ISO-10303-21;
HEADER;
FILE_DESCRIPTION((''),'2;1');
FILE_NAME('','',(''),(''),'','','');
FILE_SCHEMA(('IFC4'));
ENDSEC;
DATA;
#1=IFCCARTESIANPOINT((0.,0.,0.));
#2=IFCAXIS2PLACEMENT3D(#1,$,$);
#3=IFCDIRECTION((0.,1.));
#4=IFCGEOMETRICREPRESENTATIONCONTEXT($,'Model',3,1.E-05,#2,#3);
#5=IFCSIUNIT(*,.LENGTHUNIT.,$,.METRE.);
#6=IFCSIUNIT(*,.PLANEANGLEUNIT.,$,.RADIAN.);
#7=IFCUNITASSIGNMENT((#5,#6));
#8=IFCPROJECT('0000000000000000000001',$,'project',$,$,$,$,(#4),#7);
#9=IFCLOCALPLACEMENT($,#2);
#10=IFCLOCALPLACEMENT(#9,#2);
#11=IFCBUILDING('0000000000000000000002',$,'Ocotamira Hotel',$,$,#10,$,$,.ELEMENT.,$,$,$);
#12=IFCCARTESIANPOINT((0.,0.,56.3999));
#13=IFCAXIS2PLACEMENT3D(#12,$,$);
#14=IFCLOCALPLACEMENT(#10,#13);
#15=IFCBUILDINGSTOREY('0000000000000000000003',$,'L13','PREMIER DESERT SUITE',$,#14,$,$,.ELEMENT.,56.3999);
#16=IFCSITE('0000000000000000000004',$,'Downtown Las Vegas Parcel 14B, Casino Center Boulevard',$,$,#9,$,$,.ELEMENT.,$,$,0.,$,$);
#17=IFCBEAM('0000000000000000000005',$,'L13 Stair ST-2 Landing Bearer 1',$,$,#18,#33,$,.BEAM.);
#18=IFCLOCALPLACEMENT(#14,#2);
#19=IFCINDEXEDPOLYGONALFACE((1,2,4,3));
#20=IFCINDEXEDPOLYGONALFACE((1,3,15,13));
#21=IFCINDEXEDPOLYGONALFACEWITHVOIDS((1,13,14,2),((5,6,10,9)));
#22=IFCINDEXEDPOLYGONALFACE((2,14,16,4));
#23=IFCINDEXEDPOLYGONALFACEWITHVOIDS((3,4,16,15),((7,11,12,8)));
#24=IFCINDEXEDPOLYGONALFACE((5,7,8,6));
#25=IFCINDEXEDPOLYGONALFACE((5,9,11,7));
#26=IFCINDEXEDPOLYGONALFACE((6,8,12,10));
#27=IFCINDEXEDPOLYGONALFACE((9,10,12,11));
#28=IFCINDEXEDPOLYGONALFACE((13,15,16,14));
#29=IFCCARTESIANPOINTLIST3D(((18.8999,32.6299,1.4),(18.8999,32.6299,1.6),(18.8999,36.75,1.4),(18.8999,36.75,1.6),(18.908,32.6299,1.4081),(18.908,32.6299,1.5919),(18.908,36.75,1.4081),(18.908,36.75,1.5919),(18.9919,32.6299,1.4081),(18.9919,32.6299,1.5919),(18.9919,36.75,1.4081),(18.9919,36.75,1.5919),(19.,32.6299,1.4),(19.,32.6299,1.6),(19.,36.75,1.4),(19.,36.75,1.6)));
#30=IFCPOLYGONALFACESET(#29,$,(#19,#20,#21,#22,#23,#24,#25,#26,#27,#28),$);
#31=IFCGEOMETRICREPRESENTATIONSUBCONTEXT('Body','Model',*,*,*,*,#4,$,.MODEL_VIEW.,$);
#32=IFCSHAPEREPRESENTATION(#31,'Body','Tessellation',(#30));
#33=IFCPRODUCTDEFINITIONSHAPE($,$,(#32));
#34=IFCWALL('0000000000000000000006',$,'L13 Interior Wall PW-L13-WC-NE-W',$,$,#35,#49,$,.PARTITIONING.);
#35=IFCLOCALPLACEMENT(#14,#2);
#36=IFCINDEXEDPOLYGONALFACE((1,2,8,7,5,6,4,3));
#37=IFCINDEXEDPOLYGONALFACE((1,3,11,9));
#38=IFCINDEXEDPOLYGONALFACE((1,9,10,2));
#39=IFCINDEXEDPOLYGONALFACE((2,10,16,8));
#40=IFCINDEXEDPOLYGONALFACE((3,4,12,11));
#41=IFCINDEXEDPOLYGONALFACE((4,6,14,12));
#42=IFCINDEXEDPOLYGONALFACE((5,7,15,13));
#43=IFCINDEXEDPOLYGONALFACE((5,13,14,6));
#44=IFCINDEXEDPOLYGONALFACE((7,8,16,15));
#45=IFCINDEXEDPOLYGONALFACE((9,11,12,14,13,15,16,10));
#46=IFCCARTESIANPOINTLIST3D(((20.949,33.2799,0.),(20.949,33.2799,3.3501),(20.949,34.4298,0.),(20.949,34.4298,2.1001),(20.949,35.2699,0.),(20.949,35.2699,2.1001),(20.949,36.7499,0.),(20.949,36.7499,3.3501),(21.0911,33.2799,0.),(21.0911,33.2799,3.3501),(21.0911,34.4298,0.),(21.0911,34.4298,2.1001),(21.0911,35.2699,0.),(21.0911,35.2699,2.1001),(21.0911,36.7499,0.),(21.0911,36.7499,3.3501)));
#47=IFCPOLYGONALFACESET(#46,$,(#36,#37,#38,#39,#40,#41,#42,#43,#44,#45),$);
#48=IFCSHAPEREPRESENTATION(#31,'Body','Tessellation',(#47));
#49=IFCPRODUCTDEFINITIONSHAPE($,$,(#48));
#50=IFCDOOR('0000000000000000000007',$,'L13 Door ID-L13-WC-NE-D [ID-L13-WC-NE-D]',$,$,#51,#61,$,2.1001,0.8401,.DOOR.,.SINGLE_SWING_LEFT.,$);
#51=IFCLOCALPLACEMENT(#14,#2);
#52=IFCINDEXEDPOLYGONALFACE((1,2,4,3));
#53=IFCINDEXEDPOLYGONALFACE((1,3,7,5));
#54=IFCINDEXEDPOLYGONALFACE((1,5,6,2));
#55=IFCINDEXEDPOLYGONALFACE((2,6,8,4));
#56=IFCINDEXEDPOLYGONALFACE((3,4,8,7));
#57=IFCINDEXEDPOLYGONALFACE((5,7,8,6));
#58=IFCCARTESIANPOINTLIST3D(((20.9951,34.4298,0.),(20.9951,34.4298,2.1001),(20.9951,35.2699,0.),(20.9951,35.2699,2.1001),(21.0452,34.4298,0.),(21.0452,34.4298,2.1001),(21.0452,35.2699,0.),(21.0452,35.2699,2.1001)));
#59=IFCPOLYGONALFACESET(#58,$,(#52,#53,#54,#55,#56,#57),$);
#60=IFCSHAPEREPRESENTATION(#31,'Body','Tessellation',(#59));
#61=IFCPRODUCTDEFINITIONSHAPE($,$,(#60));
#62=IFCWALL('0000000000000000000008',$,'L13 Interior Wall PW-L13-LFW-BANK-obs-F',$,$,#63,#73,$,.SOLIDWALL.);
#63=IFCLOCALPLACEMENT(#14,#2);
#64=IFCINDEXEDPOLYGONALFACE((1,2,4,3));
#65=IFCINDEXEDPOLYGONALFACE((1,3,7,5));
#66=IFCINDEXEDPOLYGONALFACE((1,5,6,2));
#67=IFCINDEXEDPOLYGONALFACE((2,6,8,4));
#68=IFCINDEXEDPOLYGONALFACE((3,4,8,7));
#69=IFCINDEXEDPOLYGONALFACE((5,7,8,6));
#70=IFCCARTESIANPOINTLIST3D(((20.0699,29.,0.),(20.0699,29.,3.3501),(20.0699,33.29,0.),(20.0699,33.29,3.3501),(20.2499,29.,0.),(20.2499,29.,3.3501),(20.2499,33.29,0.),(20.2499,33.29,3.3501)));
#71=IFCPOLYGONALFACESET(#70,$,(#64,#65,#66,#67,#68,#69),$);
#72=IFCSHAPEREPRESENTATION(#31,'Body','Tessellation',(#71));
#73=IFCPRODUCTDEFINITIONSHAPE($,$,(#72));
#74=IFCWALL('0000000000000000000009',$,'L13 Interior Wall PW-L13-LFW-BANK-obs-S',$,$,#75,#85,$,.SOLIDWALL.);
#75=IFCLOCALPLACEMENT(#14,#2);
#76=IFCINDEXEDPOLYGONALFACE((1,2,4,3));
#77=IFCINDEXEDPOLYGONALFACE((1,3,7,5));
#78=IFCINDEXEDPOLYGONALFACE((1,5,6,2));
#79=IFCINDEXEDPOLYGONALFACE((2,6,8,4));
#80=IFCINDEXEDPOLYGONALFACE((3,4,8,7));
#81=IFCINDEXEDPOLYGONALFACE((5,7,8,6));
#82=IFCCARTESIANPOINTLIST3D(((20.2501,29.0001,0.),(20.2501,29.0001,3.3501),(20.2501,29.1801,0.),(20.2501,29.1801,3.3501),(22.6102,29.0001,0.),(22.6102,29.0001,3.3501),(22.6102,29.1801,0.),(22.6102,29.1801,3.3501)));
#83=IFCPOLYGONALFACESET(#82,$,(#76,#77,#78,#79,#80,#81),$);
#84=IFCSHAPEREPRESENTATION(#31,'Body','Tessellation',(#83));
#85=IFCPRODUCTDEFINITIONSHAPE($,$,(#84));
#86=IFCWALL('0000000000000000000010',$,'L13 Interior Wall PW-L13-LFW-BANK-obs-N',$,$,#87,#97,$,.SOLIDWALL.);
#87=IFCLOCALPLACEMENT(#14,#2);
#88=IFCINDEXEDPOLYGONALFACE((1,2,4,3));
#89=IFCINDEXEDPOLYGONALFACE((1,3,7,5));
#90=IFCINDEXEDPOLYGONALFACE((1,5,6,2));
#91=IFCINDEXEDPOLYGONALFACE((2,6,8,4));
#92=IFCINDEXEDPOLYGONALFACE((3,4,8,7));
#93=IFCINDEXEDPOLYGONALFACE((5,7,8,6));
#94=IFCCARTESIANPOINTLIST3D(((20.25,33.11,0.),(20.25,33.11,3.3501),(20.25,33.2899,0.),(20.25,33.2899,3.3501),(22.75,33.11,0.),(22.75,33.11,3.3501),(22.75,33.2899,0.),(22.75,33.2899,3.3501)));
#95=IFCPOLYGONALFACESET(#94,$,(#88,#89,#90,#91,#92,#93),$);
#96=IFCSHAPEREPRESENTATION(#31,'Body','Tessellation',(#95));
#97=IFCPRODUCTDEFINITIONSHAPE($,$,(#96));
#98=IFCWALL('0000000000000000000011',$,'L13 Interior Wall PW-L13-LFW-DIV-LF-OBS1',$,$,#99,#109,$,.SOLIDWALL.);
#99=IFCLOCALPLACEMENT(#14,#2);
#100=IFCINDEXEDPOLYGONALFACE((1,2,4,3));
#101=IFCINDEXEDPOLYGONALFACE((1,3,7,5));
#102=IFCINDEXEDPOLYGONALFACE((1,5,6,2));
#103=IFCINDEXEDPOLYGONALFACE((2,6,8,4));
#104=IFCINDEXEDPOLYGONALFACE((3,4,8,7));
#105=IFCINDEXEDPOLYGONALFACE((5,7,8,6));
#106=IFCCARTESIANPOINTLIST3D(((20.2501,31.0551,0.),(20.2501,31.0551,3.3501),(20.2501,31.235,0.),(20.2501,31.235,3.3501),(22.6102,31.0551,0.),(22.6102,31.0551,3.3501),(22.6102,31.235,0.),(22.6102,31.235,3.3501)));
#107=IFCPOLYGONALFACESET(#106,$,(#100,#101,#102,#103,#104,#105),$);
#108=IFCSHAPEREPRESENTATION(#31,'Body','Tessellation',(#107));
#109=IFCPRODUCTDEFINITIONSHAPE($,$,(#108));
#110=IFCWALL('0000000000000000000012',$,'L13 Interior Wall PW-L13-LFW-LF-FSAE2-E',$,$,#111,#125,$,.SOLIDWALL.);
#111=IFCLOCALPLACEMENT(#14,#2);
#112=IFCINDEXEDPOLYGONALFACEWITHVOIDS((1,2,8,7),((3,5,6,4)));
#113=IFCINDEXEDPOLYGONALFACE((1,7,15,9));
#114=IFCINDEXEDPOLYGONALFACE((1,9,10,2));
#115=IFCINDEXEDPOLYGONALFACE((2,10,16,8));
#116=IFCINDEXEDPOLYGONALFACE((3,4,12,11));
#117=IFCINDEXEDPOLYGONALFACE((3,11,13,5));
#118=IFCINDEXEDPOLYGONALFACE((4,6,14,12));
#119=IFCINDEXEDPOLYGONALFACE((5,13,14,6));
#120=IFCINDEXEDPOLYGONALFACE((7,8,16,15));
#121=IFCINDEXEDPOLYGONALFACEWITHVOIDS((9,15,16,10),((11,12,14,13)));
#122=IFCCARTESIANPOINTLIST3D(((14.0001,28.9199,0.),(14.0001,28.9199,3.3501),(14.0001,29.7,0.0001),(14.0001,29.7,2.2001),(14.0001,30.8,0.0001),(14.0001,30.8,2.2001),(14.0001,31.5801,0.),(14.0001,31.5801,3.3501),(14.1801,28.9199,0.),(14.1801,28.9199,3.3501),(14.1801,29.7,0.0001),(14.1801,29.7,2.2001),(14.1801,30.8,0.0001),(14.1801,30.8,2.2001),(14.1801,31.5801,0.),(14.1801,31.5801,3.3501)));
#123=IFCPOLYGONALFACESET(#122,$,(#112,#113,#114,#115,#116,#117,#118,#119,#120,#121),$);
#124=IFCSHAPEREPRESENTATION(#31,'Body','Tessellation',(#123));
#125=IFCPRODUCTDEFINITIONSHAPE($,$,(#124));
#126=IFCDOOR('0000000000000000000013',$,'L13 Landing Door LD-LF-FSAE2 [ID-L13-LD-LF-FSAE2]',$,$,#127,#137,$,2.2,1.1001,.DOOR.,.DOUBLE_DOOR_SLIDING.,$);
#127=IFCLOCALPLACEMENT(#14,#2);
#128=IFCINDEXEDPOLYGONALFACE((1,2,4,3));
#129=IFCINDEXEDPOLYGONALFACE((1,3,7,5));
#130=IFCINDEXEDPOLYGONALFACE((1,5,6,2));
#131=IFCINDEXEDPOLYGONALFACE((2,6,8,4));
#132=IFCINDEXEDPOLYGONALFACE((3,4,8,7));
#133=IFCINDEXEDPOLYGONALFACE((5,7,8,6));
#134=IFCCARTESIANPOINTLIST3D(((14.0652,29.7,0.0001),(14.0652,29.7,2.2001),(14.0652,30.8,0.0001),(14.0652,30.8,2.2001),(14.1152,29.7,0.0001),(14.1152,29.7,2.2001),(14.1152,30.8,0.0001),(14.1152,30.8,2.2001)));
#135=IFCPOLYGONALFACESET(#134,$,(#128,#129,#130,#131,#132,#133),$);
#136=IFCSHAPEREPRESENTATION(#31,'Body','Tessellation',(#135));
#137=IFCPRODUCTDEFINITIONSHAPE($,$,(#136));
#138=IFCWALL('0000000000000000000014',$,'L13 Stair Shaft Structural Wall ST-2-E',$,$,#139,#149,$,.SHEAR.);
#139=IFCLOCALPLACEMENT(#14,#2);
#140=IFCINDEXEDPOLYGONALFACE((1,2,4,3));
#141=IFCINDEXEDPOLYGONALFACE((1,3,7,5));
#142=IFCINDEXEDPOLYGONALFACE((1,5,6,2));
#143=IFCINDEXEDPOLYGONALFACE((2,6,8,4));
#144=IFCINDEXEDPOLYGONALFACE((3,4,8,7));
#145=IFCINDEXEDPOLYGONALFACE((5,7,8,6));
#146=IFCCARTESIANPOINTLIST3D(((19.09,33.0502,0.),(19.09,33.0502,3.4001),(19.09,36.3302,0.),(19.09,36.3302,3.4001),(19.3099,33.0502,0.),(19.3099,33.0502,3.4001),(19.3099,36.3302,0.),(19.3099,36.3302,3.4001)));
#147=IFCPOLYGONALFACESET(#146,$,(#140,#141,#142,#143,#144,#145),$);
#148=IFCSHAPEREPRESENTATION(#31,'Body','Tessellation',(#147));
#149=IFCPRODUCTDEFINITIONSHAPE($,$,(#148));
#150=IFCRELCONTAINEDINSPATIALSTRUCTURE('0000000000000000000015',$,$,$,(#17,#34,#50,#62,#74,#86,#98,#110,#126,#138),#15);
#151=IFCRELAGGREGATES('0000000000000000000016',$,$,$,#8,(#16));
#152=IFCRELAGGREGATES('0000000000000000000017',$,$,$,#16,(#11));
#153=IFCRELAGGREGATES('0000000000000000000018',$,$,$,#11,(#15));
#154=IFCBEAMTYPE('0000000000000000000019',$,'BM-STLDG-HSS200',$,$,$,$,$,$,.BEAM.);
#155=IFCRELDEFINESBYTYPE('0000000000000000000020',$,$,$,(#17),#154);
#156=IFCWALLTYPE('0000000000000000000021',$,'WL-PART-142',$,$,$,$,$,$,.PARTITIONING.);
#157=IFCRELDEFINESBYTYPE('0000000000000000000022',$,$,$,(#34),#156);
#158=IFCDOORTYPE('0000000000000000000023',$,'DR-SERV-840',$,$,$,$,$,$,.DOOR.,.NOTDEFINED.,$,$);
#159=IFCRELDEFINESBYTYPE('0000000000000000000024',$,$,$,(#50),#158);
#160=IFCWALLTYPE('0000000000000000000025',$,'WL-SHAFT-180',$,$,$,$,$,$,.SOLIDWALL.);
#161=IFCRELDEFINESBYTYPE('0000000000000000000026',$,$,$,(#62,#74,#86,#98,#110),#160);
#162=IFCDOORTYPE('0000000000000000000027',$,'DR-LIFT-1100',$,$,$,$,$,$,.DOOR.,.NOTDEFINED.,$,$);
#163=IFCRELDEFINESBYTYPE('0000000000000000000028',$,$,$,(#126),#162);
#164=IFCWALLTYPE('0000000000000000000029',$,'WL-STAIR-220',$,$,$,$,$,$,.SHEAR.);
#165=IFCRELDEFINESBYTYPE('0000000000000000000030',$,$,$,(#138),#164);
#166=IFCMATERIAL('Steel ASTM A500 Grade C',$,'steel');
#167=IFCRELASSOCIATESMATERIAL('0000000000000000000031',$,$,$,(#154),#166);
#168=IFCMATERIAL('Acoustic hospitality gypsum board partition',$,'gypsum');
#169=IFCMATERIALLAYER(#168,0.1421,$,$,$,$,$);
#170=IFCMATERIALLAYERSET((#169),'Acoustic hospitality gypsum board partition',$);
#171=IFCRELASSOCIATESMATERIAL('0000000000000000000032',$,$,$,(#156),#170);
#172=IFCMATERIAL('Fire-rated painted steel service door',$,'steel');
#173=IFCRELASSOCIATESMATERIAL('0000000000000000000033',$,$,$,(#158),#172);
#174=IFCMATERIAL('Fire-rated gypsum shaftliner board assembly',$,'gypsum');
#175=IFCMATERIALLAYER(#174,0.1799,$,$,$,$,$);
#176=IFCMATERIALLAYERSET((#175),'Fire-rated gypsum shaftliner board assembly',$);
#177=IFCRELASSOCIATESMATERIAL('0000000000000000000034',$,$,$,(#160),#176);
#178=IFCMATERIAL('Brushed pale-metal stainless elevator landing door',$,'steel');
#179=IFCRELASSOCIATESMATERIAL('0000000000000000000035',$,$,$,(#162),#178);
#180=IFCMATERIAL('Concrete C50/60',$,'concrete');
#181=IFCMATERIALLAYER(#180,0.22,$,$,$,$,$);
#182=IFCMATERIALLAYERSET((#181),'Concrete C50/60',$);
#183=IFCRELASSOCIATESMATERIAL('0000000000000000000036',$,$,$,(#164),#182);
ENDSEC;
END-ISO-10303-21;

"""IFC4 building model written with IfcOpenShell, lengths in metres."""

from ifc_helpers import new_model, si_unit, direction, frame, frame_2d, origin, origin_2d, place, context, subcontext, project, spatial, rectangle, hollow_rectangle, extrude, source, transform, mapped, material, layer, layer_set, material_profile, profile_set, type_object, element, fill, save


model = new_model("IFC4")

# Units and contexts
model_context = context("Model", 3, precision=1e-05, world=origin(), true_north=direction((0.0, 1.0)))
body_context = subcontext(model_context, "Body", "Model", "MODEL_VIEW")
ifc_project = project(units=[si_unit("LENGTHUNIT", "METRE"), si_unit("PLANEANGLEUNIT", "RADIAN")], contexts=[model_context])

# Site, building, storey
site_placement = place(None, origin())
site = spatial("IfcSite", under=ifc_project, at=site_placement, Name="Downtown Las Vegas Parcel 14B, Casino Center Boulevard", CompositionType="ELEMENT", RefElevation=0.0)
building_placement = place(site_placement, origin())
building = spatial("IfcBuilding", under=site, at=building_placement, Name="Ocotamira Hotel", CompositionType="ELEMENT")
storey_placement = place(building_placement, frame((0.0, 0.0, 56.3999)))
storey = spatial("IfcBuildingStorey", under=building, at=storey_placement, Name="L13", Description="PREMIER DESERT SUITE", CompositionType="ELEMENT", Elevation=56.3999)

# Beam
ifc_material_1 = material(Name="Steel ASTM A500 Grade C", Category="steel")
ifc_material_profile = material_profile(ifc_material_1, hollow_rectangle(XDim=0.1001, YDim=0.2, WallThickness=0.0081, at=origin_2d()), Name="HSS200X100X8")
ifc_profile_set = profile_set([ifc_material_profile], Name="Steel ASTM A500 Grade C")
beam_type = type_object("IfcBeamType", Name="BM-STLDG-HSS200", PredefinedType="BEAM", material=ifc_profile_set)
shared_shape_1 = source(origin(), body_context, "Body", "SweptSolid", [
    extrude(hollow_rectangle(XDim=0.1001, YDim=0.2, WallThickness=0.0081, at=origin_2d()), origin(), (0.0, 0.0, 1.0), 4.1201),
])
beam_placement = place(storey_placement, frame((18.95, 32.6299, 1.5), z_axis=(0.0, 1.0, 0.0), x_axis=(-1.0, 0.0, 0.0)))
element("IfcBeam", 1, at=beam_placement, inside=storey, type_object=beam_type, Name="L13 Stair ST-2 Landing Bearer 1", PredefinedType="BEAM", context=body_context, shape_type="MappedRepresentation", body=[
    mapped(shared_shape_1, transform((0.0, 0.0, 0.0), scale=1.0)),
])

# Wall, opening, door
ifc_material_2 = material(Name="Acoustic hospitality gypsum board partition", Category="gypsum")
ifc_layer_1 = layer(ifc_material_2, 0.1421)
ifc_layer_set_1 = layer_set([ifc_layer_1], Name="Acoustic hospitality gypsum board partition")
wall_type_1 = type_object("IfcWallType", Name="WL-PART-142", PredefinedType="PARTITIONING", material=ifc_layer_set_1)
wall_1_placement = place(storey_placement, frame((21.02, 33.28, 0.0), z_axis=(0.0, 0.0, 1.0), x_axis=(0.0, 1.0, 0.0)))
wall_1 = element("IfcWall", 2, at=wall_1_placement, inside=storey, type_object=wall_type_1, Name="L13 Interior Wall PW-L13-WC-NE-W", PredefinedType="PARTITIONING", context=body_context, shape_type="SweptSolid", body=[
    extrude(rectangle(XDim=3.47, YDim=0.1421, at=frame_2d((1.7349, 0.0))), origin(), (0.0, 0.0, 1.0), 3.3501),
])
opening_1_placement = place(wall_1_placement, frame((1.1499, 0.0, 0.0)))
opening_1 = element("IfcOpeningElement", 3, at=opening_1_placement, cuts=wall_1, PredefinedType="OPENING", context=body_context, shape_type="SweptSolid", body=[
    extrude(rectangle(XDim=0.8401, YDim=2.1001, at=frame_2d((0.4199, 1.05))), frame((0.0, 0.0811, 0.0), z_axis=(0.0, -1.0, 0.0), x_axis=(1.0, 0.0, 0.0)), (0.0, 0.0, 1.0), 0.1621),
])
ifc_material_3 = material(Name="Fire-rated painted steel service door", Category="steel")
door_type_1 = type_object("IfcDoorType", Name="DR-SERV-840", OperationType="NOTDEFINED", PredefinedType="DOOR", material=ifc_material_3)
shared_shape_2 = source(origin(), body_context, "Body", "SweptSolid", [
    extrude(rectangle(XDim=0.8401, YDim=2.1001, at=frame_2d((0.4199, 1.05))), frame((0.0, 0.0249, 0.0), z_axis=(0.0, -1.0, 0.0), x_axis=(1.0, 0.0, 0.0)), (0.0, 0.0, 1.0), 0.05),
])
door_1_placement = place(opening_1_placement, origin())
door_1 = element("IfcDoor", 4, at=door_1_placement, inside=storey, type_object=door_type_1, Name="L13 Door ID-L13-WC-NE-D [ID-L13-WC-NE-D]", OperationType="SINGLE_SWING_LEFT", OverallHeight=2.1001, OverallWidth=0.8401, PredefinedType="DOOR", context=body_context, shape_type="MappedRepresentation", body=[
    mapped(shared_shape_2, transform((0.0, 0.0, 0.0), scale=1.0)),
])
fill(opening_1, door_1)

# Walls
ifc_material_4 = material(Name="Fire-rated gypsum shaftliner board assembly", Category="gypsum")
ifc_layer_2 = layer(ifc_material_4, 0.1799)
ifc_layer_set_2 = layer_set([ifc_layer_2], Name="Fire-rated gypsum shaftliner board assembly")
wall_type_2 = type_object("IfcWallType", Name="WL-SHAFT-180", PredefinedType="SOLIDWALL", material=ifc_layer_set_2)
wall_2_placement = place(storey_placement, frame((20.1599, 29.0, 0.0), z_axis=(0.0, 0.0, 1.0), x_axis=(0.0, 1.0, 0.0)))
element("IfcWall", 5, at=wall_2_placement, inside=storey, type_object=wall_type_2, Name="L13 Interior Wall PW-L13-LFW-BANK-obs-F", PredefinedType="SOLIDWALL", context=body_context, shape_type="SweptSolid", body=[
    extrude(rectangle(XDim=4.29, YDim=0.1799, at=frame_2d((2.145, 0.0))), origin(), (0.0, 0.0, 1.0), 3.3501),
])
wall_3_placement = place(storey_placement, frame((20.25, 29.0901, 0.0), z_axis=(0.0, 0.0, 1.0), x_axis=(1.0, 0.0, 0.0)))
element("IfcWall", 6, at=wall_3_placement, inside=storey, type_object=wall_type_2, Name="L13 Interior Wall PW-L13-LFW-BANK-obs-S", PredefinedType="SOLIDWALL", context=body_context, shape_type="SweptSolid", body=[
    extrude(rectangle(XDim=2.3601, YDim=0.1799, at=frame_2d((1.1802, 0.0))), origin(), (0.0, 0.0, 1.0), 3.3501),
])
wall_4_placement = place(storey_placement, frame((20.25, 33.2, 0.0), z_axis=(0.0, 0.0, 1.0), x_axis=(1.0, 0.0, 0.0)))
element("IfcWall", 7, at=wall_4_placement, inside=storey, type_object=wall_type_2, Name="L13 Interior Wall PW-L13-LFW-BANK-obs-N", PredefinedType="SOLIDWALL", context=body_context, shape_type="SweptSolid", body=[
    extrude(rectangle(XDim=2.5, YDim=0.1799, at=frame_2d((1.25, 0.0))), origin(), (0.0, 0.0, 1.0), 3.3501),
])
wall_5_placement = place(storey_placement, frame((20.25, 31.145, 0.0), z_axis=(0.0, 0.0, 1.0), x_axis=(1.0, 0.0, 0.0)))
element("IfcWall", 8, at=wall_5_placement, inside=storey, type_object=wall_type_2, Name="L13 Interior Wall PW-L13-LFW-DIV-LF-OBS1", PredefinedType="SOLIDWALL", context=body_context, shape_type="SweptSolid", body=[
    extrude(rectangle(XDim=2.3601, YDim=0.1799, at=frame_2d((1.1802, 0.0))), origin(), (0.0, 0.0, 1.0), 3.3501),
])

# Wall, opening, door
wall_6_placement = place(storey_placement, frame((14.0901, 28.9199, 0.0), z_axis=(0.0, 0.0, 1.0), x_axis=(0.0, 1.0, 0.0)))
wall_6 = element("IfcWall", 9, at=wall_6_placement, inside=storey, type_object=wall_type_2, Name="L13 Interior Wall PW-L13-LFW-LF-FSAE2-E", PredefinedType="SOLIDWALL", context=body_context, shape_type="SweptSolid", body=[
    extrude(rectangle(XDim=2.6602, YDim=0.1799, at=frame_2d((1.3301, 0.0))), origin(), (0.0, 0.0, 1.0), 3.3501),
])
opening_2_placement = place(wall_6_placement, frame((0.78, 0.0, 0.0)))
opening_2 = element("IfcOpeningElement", 10, at=opening_2_placement, cuts=wall_6, PredefinedType="OPENING", context=body_context, shape_type="SweptSolid", body=[
    extrude(rectangle(XDim=1.1001, YDim=2.2, at=frame_2d((0.55, 1.1001))), frame((0.0, 0.1001, 0.0), z_axis=(0.0, -1.0, 0.0), x_axis=(1.0, 0.0, 0.0)), (0.0, 0.0, 1.0), 0.2),
])
ifc_material_5 = material(Name="Brushed pale-metal stainless elevator landing door", Category="steel")
door_type_2 = type_object("IfcDoorType", Name="DR-LIFT-1100", OperationType="NOTDEFINED", PredefinedType="DOOR", material=ifc_material_5)
shared_shape_3 = source(origin(), body_context, "Body", "SweptSolid", [
    extrude(rectangle(XDim=1.1001, YDim=2.2, at=frame_2d((0.55, 1.1001))), frame((0.0, 0.0249, 0.0), z_axis=(0.0, -1.0, 0.0), x_axis=(1.0, 0.0, 0.0)), (0.0, 0.0, 1.0), 0.05),
])
door_2_placement = place(opening_2_placement, origin())
door_2 = element("IfcDoor", 11, at=door_2_placement, inside=storey, type_object=door_type_2, Name="L13 Landing Door LD-LF-FSAE2 [ID-L13-LD-LF-FSAE2]", OperationType="DOUBLE_DOOR_SLIDING", OverallHeight=2.2, OverallWidth=1.1001, PredefinedType="DOOR", context=body_context, shape_type="MappedRepresentation", body=[
    mapped(shared_shape_3, transform((0.0, 0.0, 0.0), scale=1.0)),
])
fill(opening_2, door_2)

# Wall
ifc_material_6 = material(Name="Concrete C50/60", Category="concrete")
ifc_layer_3 = layer(ifc_material_6, 0.22)
ifc_layer_set_3 = layer_set([ifc_layer_3], Name="Concrete C50/60")
wall_type_3 = type_object("IfcWallType", Name="WL-STAIR-220", PredefinedType="SHEAR", material=ifc_layer_set_3)
wall_7_placement = place(storey_placement, frame((19.2, 33.05, 0.0), z_axis=(0.0, 0.0, 1.0), x_axis=(0.0, 1.0, 0.0)))
element("IfcWall", 12, at=wall_7_placement, inside=storey, type_object=wall_type_3, Name="L13 Stair Shaft Structural Wall ST-2-E", PredefinedType="SHEAR", context=body_context, shape_type="SweptSolid", body=[
    extrude(rectangle(XDim=3.28, YDim=0.22, at=frame_2d((1.6401, 0.0))), origin(), (0.0, 0.0, 1.0), 3.4001),
])

save(model, "model.ifc")
